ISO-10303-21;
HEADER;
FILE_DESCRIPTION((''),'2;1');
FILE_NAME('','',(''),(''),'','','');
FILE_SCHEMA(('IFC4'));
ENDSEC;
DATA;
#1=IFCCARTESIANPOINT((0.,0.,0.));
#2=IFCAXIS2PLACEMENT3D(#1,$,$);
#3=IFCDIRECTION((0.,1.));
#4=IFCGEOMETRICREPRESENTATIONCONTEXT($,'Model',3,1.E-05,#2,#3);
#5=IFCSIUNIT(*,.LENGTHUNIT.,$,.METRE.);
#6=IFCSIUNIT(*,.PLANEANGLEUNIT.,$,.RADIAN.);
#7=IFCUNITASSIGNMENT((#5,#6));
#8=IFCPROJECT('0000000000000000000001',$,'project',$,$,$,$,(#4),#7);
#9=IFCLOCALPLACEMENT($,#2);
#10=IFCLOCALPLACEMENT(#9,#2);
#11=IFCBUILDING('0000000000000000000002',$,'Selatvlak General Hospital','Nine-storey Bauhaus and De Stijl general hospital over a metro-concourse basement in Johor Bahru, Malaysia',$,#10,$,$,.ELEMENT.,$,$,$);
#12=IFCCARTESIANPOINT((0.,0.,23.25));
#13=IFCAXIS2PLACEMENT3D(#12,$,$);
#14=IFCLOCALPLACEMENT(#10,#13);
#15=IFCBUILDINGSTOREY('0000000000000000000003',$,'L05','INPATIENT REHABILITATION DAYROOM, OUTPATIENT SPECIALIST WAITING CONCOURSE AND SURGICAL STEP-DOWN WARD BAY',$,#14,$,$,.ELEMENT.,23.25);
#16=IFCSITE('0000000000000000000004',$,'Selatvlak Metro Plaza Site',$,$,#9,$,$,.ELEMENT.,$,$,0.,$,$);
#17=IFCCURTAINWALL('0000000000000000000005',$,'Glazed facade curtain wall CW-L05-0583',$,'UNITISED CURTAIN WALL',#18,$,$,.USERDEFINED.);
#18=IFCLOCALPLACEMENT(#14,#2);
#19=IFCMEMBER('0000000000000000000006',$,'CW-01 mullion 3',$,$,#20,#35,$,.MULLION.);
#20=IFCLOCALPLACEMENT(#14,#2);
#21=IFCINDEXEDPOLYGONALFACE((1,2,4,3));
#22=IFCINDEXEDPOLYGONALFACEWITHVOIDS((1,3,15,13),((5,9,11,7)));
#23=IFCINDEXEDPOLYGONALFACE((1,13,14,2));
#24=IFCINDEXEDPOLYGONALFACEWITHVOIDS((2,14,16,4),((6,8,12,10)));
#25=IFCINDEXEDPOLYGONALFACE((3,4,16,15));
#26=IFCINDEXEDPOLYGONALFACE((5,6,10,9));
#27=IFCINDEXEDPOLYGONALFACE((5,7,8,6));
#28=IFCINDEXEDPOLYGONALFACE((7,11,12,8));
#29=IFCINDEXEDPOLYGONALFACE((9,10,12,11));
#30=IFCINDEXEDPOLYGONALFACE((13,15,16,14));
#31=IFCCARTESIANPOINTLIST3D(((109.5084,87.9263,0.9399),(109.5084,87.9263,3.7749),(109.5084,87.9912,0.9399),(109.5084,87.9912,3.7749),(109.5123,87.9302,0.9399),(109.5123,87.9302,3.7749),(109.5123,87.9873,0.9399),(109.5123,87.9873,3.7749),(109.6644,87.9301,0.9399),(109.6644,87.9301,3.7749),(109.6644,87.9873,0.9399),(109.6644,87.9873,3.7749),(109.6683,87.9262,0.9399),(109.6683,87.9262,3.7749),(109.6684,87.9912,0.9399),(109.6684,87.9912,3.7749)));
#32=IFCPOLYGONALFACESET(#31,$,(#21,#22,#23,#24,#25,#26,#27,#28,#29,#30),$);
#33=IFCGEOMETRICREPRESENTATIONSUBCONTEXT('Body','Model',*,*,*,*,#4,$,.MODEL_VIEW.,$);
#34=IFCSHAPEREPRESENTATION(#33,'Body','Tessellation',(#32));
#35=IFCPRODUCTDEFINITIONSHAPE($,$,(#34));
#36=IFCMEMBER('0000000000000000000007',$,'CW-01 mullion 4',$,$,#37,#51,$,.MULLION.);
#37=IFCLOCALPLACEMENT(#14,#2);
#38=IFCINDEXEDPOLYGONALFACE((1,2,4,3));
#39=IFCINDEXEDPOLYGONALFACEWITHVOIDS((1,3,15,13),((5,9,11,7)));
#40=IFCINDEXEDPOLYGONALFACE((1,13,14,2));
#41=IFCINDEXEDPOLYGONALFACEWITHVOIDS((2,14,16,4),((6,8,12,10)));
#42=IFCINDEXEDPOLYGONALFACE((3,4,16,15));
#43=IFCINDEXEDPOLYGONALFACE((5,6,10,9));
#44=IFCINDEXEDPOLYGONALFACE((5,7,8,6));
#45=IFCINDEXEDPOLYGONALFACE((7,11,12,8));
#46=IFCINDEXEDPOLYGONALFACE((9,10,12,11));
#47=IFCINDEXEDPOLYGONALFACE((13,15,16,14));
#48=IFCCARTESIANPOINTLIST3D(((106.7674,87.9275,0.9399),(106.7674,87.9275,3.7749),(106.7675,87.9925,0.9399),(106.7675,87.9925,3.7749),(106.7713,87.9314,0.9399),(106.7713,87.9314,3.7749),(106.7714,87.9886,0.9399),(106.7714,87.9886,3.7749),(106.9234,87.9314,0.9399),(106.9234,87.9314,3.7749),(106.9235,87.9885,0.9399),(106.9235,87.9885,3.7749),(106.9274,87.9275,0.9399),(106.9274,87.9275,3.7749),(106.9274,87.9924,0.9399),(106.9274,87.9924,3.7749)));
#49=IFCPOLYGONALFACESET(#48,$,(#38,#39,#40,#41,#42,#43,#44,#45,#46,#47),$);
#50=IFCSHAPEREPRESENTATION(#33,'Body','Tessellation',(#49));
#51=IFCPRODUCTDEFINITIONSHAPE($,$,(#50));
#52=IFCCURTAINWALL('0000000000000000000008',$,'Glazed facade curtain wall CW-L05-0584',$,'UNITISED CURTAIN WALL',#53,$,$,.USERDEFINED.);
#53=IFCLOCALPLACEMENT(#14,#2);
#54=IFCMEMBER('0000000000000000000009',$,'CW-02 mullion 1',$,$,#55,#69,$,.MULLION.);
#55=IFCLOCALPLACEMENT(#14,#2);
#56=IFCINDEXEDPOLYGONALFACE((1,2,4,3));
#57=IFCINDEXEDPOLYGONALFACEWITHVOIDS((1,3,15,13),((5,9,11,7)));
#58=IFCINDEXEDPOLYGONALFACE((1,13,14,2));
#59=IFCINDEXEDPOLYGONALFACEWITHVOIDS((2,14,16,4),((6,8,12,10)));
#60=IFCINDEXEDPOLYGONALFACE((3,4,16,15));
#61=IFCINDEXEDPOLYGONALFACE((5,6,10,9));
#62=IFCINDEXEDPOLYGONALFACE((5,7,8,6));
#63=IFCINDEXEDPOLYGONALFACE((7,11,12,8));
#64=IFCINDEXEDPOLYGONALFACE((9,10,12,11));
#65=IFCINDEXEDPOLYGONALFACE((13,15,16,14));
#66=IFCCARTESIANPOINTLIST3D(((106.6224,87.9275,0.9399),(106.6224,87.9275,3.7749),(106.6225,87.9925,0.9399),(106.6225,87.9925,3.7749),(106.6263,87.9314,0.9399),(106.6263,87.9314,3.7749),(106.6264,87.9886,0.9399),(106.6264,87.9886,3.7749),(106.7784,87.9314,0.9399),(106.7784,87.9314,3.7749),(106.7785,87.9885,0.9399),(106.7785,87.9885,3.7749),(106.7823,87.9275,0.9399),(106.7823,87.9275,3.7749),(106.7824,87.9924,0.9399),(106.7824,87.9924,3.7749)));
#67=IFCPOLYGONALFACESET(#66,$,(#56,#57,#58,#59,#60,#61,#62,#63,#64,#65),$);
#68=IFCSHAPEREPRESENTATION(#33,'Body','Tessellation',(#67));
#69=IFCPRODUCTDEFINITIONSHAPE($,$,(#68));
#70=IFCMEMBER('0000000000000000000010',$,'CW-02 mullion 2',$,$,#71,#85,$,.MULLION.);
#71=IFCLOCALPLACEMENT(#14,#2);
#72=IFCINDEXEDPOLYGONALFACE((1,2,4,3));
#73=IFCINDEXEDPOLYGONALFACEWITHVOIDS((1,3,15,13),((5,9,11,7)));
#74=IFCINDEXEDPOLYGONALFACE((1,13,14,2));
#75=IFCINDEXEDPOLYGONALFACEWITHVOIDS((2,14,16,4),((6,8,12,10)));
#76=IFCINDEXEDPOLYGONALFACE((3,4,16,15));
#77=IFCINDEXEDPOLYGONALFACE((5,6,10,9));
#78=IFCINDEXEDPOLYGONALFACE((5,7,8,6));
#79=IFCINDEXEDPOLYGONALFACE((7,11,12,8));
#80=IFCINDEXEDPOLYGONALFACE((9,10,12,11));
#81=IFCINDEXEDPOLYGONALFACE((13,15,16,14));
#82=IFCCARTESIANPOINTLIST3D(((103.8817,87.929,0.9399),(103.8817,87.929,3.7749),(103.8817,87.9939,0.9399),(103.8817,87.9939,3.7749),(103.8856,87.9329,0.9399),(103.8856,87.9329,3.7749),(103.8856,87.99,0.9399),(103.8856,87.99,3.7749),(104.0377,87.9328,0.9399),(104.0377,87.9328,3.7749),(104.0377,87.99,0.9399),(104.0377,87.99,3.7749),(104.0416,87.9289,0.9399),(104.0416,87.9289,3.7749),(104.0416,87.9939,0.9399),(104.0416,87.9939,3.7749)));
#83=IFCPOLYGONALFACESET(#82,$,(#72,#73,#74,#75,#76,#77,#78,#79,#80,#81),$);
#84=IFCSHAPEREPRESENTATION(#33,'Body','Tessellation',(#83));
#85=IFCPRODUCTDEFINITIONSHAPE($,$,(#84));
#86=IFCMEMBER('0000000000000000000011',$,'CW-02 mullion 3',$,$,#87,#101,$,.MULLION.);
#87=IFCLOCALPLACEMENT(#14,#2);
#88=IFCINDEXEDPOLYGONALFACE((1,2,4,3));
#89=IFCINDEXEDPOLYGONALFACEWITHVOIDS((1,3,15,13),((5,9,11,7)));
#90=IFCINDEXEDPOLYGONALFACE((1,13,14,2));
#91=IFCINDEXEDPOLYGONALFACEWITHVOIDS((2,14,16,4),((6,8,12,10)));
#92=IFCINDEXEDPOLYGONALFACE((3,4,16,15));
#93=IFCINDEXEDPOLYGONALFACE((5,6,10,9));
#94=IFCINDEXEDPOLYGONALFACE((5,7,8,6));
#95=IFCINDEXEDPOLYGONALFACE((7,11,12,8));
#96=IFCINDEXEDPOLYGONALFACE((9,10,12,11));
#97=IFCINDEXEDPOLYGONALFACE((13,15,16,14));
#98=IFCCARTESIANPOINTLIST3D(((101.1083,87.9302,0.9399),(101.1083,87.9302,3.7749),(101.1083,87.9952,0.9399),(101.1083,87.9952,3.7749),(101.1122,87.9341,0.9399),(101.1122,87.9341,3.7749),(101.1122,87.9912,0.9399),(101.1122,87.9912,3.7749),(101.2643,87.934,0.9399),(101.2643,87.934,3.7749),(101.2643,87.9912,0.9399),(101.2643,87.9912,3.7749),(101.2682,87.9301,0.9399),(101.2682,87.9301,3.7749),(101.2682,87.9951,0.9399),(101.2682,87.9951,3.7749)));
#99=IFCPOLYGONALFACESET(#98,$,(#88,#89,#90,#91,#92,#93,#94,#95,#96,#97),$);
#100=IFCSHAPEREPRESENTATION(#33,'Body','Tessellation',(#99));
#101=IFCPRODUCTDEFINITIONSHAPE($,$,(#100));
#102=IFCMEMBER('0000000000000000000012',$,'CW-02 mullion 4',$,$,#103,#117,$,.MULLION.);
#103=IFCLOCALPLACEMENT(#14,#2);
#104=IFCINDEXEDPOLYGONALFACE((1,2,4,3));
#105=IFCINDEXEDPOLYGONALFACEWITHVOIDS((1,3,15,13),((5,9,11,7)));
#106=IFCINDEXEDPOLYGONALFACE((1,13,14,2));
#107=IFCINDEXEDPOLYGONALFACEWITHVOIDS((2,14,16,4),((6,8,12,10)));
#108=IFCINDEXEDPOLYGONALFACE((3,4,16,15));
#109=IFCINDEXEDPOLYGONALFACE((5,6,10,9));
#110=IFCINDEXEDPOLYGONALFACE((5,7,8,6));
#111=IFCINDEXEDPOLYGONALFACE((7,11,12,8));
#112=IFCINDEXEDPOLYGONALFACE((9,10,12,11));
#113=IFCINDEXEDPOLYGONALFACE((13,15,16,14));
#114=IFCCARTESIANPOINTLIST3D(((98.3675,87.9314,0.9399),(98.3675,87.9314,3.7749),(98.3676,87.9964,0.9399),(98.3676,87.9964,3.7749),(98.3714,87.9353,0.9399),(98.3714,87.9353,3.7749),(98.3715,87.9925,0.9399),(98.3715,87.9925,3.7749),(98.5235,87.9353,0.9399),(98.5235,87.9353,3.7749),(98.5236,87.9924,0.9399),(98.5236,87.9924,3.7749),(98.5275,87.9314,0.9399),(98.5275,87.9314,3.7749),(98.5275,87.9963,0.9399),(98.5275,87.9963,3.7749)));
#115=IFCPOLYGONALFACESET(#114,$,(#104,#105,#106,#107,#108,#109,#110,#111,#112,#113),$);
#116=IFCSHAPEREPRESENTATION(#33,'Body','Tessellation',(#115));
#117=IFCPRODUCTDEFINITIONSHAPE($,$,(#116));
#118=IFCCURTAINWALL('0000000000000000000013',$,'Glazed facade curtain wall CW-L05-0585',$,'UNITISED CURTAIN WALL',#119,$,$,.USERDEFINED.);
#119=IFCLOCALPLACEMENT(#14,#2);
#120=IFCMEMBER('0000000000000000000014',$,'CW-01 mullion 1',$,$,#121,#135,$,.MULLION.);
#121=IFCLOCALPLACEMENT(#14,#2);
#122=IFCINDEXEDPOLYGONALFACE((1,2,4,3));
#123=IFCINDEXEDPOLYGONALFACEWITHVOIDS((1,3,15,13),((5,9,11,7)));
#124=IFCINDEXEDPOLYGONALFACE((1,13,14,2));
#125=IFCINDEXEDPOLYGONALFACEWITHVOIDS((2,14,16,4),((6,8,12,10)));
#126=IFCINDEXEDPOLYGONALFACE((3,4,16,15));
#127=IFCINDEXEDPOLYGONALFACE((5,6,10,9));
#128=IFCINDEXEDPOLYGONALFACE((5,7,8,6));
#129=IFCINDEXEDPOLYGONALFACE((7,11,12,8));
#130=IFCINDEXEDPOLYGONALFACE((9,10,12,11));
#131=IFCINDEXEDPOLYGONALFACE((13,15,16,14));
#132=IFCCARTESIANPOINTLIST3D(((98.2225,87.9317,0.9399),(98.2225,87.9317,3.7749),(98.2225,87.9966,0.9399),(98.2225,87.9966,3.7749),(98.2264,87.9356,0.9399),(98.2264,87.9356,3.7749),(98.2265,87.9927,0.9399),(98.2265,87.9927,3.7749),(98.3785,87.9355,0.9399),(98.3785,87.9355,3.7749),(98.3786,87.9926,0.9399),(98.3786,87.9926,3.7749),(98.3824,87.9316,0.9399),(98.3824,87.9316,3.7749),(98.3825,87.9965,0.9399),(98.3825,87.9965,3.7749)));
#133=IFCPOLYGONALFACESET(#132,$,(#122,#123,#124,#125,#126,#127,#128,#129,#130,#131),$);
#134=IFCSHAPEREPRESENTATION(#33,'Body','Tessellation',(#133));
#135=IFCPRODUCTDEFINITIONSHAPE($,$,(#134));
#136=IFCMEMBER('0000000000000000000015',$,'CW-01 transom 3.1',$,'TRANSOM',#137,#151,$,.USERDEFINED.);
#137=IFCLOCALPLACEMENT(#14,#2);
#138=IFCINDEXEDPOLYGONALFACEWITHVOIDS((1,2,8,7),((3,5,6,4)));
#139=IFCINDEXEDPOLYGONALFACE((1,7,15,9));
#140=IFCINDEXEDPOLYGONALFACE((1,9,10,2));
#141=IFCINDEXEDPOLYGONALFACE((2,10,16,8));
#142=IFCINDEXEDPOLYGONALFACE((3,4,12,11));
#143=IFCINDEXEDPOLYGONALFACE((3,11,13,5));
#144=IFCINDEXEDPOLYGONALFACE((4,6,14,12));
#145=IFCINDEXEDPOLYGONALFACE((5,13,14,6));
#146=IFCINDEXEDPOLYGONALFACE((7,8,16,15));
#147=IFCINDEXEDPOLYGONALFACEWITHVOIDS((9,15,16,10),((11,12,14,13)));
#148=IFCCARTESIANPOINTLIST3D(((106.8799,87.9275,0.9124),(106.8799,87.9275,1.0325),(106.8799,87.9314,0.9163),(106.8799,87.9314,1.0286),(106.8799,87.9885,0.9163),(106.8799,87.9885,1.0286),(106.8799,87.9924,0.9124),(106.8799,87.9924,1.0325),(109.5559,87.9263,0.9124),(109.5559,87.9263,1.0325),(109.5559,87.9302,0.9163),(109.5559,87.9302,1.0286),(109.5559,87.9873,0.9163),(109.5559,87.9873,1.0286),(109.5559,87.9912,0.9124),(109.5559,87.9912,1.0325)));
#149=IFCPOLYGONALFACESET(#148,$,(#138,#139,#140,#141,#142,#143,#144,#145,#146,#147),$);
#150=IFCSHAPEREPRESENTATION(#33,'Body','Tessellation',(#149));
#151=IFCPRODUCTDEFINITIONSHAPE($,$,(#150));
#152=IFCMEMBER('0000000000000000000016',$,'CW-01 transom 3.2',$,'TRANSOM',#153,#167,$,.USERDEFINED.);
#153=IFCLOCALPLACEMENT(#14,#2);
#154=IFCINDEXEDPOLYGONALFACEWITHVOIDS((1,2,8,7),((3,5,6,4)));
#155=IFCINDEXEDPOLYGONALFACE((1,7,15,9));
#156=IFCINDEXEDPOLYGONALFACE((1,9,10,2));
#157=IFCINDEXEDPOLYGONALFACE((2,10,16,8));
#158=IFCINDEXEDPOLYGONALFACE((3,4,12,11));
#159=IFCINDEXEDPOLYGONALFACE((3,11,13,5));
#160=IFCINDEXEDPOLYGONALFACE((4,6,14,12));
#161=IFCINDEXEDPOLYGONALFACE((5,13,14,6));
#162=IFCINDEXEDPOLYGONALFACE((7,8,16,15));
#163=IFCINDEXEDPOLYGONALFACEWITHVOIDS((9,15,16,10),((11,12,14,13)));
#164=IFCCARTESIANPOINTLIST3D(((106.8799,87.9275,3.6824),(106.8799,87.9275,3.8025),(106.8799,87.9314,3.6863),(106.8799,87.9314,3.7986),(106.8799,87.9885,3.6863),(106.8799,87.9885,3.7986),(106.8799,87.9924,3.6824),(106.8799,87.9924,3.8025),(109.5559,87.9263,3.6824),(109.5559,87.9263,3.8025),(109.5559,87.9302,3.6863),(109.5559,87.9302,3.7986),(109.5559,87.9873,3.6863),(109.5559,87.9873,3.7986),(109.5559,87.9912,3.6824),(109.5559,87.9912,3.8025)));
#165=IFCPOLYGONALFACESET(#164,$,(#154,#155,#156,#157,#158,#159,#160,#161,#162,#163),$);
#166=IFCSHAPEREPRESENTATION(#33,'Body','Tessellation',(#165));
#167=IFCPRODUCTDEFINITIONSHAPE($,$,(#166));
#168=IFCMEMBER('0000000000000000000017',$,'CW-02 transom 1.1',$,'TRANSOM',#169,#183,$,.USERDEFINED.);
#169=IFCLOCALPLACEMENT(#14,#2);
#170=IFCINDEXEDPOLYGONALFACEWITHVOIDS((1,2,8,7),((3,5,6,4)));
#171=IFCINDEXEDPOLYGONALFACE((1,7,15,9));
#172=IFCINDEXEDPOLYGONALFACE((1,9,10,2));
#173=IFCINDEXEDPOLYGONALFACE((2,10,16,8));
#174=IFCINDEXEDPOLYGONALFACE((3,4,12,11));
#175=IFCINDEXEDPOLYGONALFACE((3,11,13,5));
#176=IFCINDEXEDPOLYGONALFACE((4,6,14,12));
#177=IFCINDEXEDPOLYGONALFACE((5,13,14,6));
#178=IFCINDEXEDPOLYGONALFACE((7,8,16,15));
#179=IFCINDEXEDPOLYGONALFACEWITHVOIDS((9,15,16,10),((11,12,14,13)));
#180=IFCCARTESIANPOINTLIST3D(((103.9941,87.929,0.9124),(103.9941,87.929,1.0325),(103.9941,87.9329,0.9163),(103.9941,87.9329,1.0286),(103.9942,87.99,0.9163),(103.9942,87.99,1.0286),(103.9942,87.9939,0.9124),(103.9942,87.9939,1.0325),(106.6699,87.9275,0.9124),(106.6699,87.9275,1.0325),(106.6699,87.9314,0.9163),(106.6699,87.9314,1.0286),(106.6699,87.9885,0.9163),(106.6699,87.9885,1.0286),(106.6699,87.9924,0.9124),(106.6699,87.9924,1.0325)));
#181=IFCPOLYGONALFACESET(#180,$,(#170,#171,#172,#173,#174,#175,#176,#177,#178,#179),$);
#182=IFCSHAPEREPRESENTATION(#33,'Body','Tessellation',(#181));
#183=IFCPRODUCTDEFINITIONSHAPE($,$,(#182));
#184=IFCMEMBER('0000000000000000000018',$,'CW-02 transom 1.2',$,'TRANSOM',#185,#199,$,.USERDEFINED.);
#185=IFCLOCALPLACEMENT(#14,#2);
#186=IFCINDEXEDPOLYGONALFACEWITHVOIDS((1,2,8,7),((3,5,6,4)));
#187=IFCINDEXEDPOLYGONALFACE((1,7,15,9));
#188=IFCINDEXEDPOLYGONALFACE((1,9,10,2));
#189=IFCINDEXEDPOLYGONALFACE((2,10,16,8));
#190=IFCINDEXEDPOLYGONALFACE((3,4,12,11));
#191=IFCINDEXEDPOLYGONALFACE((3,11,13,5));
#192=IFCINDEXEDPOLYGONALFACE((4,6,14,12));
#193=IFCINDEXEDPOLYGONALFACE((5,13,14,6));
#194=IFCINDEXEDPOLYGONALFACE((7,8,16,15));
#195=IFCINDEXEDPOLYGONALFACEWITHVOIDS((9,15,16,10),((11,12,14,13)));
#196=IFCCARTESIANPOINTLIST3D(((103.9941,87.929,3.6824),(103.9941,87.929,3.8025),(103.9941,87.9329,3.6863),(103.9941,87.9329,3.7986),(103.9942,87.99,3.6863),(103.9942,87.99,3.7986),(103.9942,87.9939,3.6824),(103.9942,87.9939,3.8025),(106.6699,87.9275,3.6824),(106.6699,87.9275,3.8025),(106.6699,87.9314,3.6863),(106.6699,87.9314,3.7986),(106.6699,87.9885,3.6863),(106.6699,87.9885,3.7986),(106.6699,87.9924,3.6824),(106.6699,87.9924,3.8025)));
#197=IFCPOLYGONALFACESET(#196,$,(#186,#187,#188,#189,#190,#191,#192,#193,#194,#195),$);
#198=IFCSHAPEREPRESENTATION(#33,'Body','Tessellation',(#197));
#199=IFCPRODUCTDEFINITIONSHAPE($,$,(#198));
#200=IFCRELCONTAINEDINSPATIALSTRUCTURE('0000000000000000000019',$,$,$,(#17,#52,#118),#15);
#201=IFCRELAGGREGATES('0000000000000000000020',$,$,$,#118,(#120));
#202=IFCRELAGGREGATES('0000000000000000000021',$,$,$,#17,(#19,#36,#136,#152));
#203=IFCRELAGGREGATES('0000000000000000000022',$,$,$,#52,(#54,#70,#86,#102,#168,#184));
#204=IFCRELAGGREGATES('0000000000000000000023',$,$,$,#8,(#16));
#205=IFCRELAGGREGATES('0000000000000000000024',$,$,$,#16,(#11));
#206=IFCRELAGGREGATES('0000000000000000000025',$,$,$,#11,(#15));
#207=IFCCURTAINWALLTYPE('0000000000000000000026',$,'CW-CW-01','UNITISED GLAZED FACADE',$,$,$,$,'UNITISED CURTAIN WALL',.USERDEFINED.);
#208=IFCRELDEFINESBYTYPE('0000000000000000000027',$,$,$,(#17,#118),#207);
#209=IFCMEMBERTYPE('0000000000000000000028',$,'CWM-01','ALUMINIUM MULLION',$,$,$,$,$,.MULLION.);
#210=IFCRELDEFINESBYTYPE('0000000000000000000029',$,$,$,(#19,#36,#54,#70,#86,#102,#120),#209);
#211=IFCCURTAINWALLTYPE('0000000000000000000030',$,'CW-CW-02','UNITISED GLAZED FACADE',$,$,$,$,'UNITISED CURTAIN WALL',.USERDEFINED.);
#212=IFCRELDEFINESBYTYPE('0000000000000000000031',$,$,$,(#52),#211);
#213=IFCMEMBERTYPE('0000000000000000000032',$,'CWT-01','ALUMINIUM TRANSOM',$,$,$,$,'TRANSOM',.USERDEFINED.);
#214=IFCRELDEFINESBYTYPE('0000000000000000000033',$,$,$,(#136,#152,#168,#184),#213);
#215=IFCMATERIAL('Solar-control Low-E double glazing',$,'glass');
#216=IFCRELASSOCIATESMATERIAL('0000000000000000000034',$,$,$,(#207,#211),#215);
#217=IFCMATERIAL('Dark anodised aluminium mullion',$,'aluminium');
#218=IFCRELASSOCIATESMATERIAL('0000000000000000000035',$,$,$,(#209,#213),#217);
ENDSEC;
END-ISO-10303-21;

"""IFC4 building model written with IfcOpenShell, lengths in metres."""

from ifc_helpers import new_model, si_unit, direction, frame, origin, origin_2d, place, context, subcontext, project, spatial, hollow_rectangle, extrude, material, material_profile, profile_set, type_object, element, aggregate, save


model = new_model("IFC4")

# Units and contexts
model_context = context("Model", 3, precision=1e-05, world=origin(), true_north=direction((0.0, 1.0)))
body_context = subcontext(model_context, "Body", "Model", "MODEL_VIEW")
ifc_project = project(units=[si_unit("LENGTHUNIT", "METRE"), si_unit("PLANEANGLEUNIT", "RADIAN")], contexts=[model_context])

# Site, building, storey
site_placement = place(None, origin())
site = spatial("IfcSite", under=ifc_project, at=site_placement, Name="Selatvlak Metro Plaza Site", CompositionType="ELEMENT", RefElevation=0.0)
building_placement = place(site_placement, origin())
building = spatial("IfcBuilding", under=site, at=building_placement, Name="Selatvlak General Hospital", Description="Nine-storey Bauhaus and De Stijl general hospital over a metro-concourse basement in Johor Bahru, Malaysia", CompositionType="ELEMENT")
storey_placement = place(building_placement, frame((0.0, 0.0, 23.25)))
storey = spatial("IfcBuildingStorey", under=building, at=storey_placement, Name="L05", Description="INPATIENT REHABILITATION DAYROOM, OUTPATIENT SPECIALIST WAITING CONCOURSE AND SURGICAL STEP-DOWN WARD BAY", CompositionType="ELEMENT", Elevation=23.25)

# Curtain walls, members
ifc_material_1 = material(Name="Solar-control Low-E double glazing", Category="glass")
curtain_wall_type_1 = type_object("IfcCurtainWallType", Name="CW-CW-01", Description="UNITISED GLAZED FACADE", ElementType="UNITISED CURTAIN WALL", PredefinedType="USERDEFINED", material=ifc_material_1)
curtain_wall_1_placement = place(storey_placement, origin())
curtain_wall_1 = element("IfcCurtainWall", 1, at=curtain_wall_1_placement, inside=storey, type_object=curtain_wall_type_1, Name="Glazed facade curtain wall CW-L05-0583", ObjectType="UNITISED CURTAIN WALL", PredefinedType="USERDEFINED")
ifc_material_2 = material(Name="Dark anodised aluminium mullion", Category="aluminium")
ifc_material_profile_1 = material_profile(ifc_material_2, hollow_rectangle(XDim=0.0649, YDim=0.1599, WallThickness=0.0039, at=origin_2d()), Name="AL-MUL 65x160x4")
ifc_profile_set_1 = profile_set([ifc_material_profile_1], Name="Dark anodised aluminium mullion")
member_type_1 = type_object("IfcMemberType", Name="CWM-01", Description="ALUMINIUM MULLION", PredefinedType="MULLION", material=ifc_profile_set_1)
member_1_placement = place(storey_placement, frame((109.5884, 87.9587, 0.9399), z_axis=(0.0, 0.0, 1.0), x_axis=(-0.000481, -1.0, 0.0)))
member_1 = element("IfcMember", 2, at=member_1_placement, type_object=member_type_1, Name="CW-01 mullion 3", PredefinedType="MULLION", context=body_context, shape_type="SweptSolid", body=[
    extrude(hollow_rectangle(XDim=0.0649, YDim=0.1599, WallThickness=0.0039, at=origin_2d()), origin(), (0.0, 0.0, 1.0), 2.835),
])
member_2_placement = place(storey_placement, frame((106.8474, 87.96, 0.9399), z_axis=(0.0, 0.0, 1.0), x_axis=(-0.000481, -1.0, 0.0)))
member_2 = element("IfcMember", 3, at=member_2_placement, type_object=member_type_1, Name="CW-01 mullion 4", PredefinedType="MULLION", context=body_context, shape_type="SweptSolid", body=[
    extrude(hollow_rectangle(XDim=0.0649, YDim=0.1599, WallThickness=0.0039, at=origin_2d()), origin(), (0.0, 0.0, 1.0), 2.835),
])
curtain_wall_type_2 = type_object("IfcCurtainWallType", Name="CW-CW-02", Description="UNITISED GLAZED FACADE", ElementType="UNITISED CURTAIN WALL", PredefinedType="USERDEFINED", material=ifc_material_1)
curtain_wall_2_placement = place(storey_placement, origin())
curtain_wall_2 = element("IfcCurtainWall", 4, at=curtain_wall_2_placement, inside=storey, type_object=curtain_wall_type_2, Name="Glazed facade curtain wall CW-L05-0584", ObjectType="UNITISED CURTAIN WALL", PredefinedType="USERDEFINED")
member_3_placement = place(storey_placement, frame((106.7024, 87.96, 0.9399), z_axis=(0.0, 0.0, 1.0), x_axis=(-0.000481, -1.0, 0.0)))
member_3 = element("IfcMember", 5, at=member_3_placement, type_object=member_type_1, Name="CW-02 mullion 1", PredefinedType="MULLION", context=body_context, shape_type="SweptSolid", body=[
    extrude(hollow_rectangle(XDim=0.0649, YDim=0.1599, WallThickness=0.0039, at=origin_2d()), origin(), (0.0, 0.0, 1.0), 2.835),
])
member_4_placement = place(storey_placement, frame((103.9617, 87.9614, 0.9399), z_axis=(0.0, 0.0, 1.0), x_axis=(-0.000481, -1.0, 0.0)))
member_4 = element("IfcMember", 6, at=member_4_placement, type_object=member_type_1, Name="CW-02 mullion 2", PredefinedType="MULLION", context=body_context, shape_type="SweptSolid", body=[
    extrude(hollow_rectangle(XDim=0.0649, YDim=0.1599, WallThickness=0.0039, at=origin_2d()), origin(), (0.0, 0.0, 1.0), 2.835),
])
member_5_placement = place(storey_placement, frame((101.1882, 87.9626, 0.9399), z_axis=(0.0, 0.0, 1.0), x_axis=(-0.000481, -1.0, 0.0)))
member_5 = element("IfcMember", 7, at=member_5_placement, type_object=member_type_1, Name="CW-02 mullion 3", PredefinedType="MULLION", context=body_context, shape_type="SweptSolid", body=[
    extrude(hollow_rectangle(XDim=0.0649, YDim=0.1599, WallThickness=0.0039, at=origin_2d()), origin(), (0.0, 0.0, 1.0), 2.835),
])
member_6_placement = place(storey_placement, frame((98.4475, 87.9639, 0.9399), z_axis=(0.0, 0.0, 1.0), x_axis=(-0.000481, -1.0, 0.0)))
member_6 = element("IfcMember", 8, at=member_6_placement, type_object=member_type_1, Name="CW-02 mullion 4", PredefinedType="MULLION", context=body_context, shape_type="SweptSolid", body=[
    extrude(hollow_rectangle(XDim=0.0649, YDim=0.1599, WallThickness=0.0039, at=origin_2d()), origin(), (0.0, 0.0, 1.0), 2.835),
])

# Curtain wall, member
curtain_wall_3_placement = place(storey_placement, origin())
curtain_wall_3 = element("IfcCurtainWall", 9, at=curtain_wall_3_placement, inside=storey, type_object=curtain_wall_type_1, Name="Glazed facade curtain wall CW-L05-0585", ObjectType="UNITISED CURTAIN WALL", PredefinedType="USERDEFINED")
member_7_placement = place(storey_placement, frame((98.3025, 87.9641, 0.9399), z_axis=(0.0, 0.0, 1.0), x_axis=(-0.000481, -1.0, 0.0)))
member_7 = element("IfcMember", 10, at=member_7_placement, type_object=member_type_1, Name="CW-01 mullion 1", PredefinedType="MULLION", context=body_context, shape_type="SweptSolid", body=[
    extrude(hollow_rectangle(XDim=0.0649, YDim=0.1599, WallThickness=0.0039, at=origin_2d()), origin(), (0.0, 0.0, 1.0), 2.835),
])
aggregate(curtain_wall_3, [member_7])

# Members
ifc_material_profile_2 = material_profile(ifc_material_2, hollow_rectangle(XDim=0.0649, YDim=0.1201, WallThickness=0.0039, at=origin_2d()), Name="AL-TRN 65x120x4")
ifc_profile_set_2 = profile_set([ifc_material_profile_2], Name="Dark anodised aluminium mullion")
member_type_2 = type_object("IfcMemberType", Name="CWT-01", Description="ALUMINIUM TRANSOM", ElementType="TRANSOM", PredefinedType="USERDEFINED", material=ifc_profile_set_2)
member_8_placement = place(storey_placement, frame((109.5559, 87.9587, 0.9724), z_axis=(-1.0, 0.000456, 0.0), x_axis=(-0.000456, -1.0, 0.0)))
member_8 = element("IfcMember", 11, at=member_8_placement, type_object=member_type_2, Name="CW-01 transom 3.1", ObjectType="TRANSOM", PredefinedType="USERDEFINED", context=body_context, shape_type="SweptSolid", body=[
    extrude(hollow_rectangle(XDim=0.0649, YDim=0.1201, WallThickness=0.0039, at=origin_2d()), origin(), (0.0, 0.0, 1.0), 2.676),
])
member_9_placement = place(storey_placement, frame((109.5559, 87.9587, 3.7424), z_axis=(-1.0, 0.000456, 0.0), x_axis=(-0.000456, -1.0, 0.0)))
member_9 = element("IfcMember", 12, at=member_9_placement, type_object=member_type_2, Name="CW-01 transom 3.2", ObjectType="TRANSOM", PredefinedType="USERDEFINED", context=body_context, shape_type="SweptSolid", body=[
    extrude(hollow_rectangle(XDim=0.0649, YDim=0.1201, WallThickness=0.0039, at=origin_2d()), origin(), (0.0, 0.0, 1.0), 2.676),
])
member_10_placement = place(storey_placement, frame((106.6699, 87.96, 0.9724), z_axis=(-1.0, 0.000547, 0.0), x_axis=(-0.000547, -1.0, 0.0)))
member_10 = element("IfcMember", 13, at=member_10_placement, type_object=member_type_2, Name="CW-02 transom 1.1", ObjectType="TRANSOM", PredefinedType="USERDEFINED", context=body_context, shape_type="SweptSolid", body=[
    extrude(hollow_rectangle(XDim=0.0649, YDim=0.1201, WallThickness=0.0039, at=origin_2d()), origin(), (0.0, 0.0, 1.0), 2.6758),
])
member_11_placement = place(storey_placement, frame((106.6699, 87.96, 3.7424), z_axis=(-1.0, 0.000547, 0.0), x_axis=(-0.000547, -1.0, 0.0)))
member_11 = element("IfcMember", 14, at=member_11_placement, type_object=member_type_2, Name="CW-02 transom 1.2", ObjectType="TRANSOM", PredefinedType="USERDEFINED", context=body_context, shape_type="SweptSolid", body=[
    extrude(hollow_rectangle(XDim=0.0649, YDim=0.1201, WallThickness=0.0039, at=origin_2d()), origin(), (0.0, 0.0, 1.0), 2.6758),
])

aggregate(curtain_wall_1, [member_1, member_2, member_8, member_9])
aggregate(curtain_wall_2, [member_3, member_4, member_5, member_6, member_10, member_11])

save(model, "model.ifc")
